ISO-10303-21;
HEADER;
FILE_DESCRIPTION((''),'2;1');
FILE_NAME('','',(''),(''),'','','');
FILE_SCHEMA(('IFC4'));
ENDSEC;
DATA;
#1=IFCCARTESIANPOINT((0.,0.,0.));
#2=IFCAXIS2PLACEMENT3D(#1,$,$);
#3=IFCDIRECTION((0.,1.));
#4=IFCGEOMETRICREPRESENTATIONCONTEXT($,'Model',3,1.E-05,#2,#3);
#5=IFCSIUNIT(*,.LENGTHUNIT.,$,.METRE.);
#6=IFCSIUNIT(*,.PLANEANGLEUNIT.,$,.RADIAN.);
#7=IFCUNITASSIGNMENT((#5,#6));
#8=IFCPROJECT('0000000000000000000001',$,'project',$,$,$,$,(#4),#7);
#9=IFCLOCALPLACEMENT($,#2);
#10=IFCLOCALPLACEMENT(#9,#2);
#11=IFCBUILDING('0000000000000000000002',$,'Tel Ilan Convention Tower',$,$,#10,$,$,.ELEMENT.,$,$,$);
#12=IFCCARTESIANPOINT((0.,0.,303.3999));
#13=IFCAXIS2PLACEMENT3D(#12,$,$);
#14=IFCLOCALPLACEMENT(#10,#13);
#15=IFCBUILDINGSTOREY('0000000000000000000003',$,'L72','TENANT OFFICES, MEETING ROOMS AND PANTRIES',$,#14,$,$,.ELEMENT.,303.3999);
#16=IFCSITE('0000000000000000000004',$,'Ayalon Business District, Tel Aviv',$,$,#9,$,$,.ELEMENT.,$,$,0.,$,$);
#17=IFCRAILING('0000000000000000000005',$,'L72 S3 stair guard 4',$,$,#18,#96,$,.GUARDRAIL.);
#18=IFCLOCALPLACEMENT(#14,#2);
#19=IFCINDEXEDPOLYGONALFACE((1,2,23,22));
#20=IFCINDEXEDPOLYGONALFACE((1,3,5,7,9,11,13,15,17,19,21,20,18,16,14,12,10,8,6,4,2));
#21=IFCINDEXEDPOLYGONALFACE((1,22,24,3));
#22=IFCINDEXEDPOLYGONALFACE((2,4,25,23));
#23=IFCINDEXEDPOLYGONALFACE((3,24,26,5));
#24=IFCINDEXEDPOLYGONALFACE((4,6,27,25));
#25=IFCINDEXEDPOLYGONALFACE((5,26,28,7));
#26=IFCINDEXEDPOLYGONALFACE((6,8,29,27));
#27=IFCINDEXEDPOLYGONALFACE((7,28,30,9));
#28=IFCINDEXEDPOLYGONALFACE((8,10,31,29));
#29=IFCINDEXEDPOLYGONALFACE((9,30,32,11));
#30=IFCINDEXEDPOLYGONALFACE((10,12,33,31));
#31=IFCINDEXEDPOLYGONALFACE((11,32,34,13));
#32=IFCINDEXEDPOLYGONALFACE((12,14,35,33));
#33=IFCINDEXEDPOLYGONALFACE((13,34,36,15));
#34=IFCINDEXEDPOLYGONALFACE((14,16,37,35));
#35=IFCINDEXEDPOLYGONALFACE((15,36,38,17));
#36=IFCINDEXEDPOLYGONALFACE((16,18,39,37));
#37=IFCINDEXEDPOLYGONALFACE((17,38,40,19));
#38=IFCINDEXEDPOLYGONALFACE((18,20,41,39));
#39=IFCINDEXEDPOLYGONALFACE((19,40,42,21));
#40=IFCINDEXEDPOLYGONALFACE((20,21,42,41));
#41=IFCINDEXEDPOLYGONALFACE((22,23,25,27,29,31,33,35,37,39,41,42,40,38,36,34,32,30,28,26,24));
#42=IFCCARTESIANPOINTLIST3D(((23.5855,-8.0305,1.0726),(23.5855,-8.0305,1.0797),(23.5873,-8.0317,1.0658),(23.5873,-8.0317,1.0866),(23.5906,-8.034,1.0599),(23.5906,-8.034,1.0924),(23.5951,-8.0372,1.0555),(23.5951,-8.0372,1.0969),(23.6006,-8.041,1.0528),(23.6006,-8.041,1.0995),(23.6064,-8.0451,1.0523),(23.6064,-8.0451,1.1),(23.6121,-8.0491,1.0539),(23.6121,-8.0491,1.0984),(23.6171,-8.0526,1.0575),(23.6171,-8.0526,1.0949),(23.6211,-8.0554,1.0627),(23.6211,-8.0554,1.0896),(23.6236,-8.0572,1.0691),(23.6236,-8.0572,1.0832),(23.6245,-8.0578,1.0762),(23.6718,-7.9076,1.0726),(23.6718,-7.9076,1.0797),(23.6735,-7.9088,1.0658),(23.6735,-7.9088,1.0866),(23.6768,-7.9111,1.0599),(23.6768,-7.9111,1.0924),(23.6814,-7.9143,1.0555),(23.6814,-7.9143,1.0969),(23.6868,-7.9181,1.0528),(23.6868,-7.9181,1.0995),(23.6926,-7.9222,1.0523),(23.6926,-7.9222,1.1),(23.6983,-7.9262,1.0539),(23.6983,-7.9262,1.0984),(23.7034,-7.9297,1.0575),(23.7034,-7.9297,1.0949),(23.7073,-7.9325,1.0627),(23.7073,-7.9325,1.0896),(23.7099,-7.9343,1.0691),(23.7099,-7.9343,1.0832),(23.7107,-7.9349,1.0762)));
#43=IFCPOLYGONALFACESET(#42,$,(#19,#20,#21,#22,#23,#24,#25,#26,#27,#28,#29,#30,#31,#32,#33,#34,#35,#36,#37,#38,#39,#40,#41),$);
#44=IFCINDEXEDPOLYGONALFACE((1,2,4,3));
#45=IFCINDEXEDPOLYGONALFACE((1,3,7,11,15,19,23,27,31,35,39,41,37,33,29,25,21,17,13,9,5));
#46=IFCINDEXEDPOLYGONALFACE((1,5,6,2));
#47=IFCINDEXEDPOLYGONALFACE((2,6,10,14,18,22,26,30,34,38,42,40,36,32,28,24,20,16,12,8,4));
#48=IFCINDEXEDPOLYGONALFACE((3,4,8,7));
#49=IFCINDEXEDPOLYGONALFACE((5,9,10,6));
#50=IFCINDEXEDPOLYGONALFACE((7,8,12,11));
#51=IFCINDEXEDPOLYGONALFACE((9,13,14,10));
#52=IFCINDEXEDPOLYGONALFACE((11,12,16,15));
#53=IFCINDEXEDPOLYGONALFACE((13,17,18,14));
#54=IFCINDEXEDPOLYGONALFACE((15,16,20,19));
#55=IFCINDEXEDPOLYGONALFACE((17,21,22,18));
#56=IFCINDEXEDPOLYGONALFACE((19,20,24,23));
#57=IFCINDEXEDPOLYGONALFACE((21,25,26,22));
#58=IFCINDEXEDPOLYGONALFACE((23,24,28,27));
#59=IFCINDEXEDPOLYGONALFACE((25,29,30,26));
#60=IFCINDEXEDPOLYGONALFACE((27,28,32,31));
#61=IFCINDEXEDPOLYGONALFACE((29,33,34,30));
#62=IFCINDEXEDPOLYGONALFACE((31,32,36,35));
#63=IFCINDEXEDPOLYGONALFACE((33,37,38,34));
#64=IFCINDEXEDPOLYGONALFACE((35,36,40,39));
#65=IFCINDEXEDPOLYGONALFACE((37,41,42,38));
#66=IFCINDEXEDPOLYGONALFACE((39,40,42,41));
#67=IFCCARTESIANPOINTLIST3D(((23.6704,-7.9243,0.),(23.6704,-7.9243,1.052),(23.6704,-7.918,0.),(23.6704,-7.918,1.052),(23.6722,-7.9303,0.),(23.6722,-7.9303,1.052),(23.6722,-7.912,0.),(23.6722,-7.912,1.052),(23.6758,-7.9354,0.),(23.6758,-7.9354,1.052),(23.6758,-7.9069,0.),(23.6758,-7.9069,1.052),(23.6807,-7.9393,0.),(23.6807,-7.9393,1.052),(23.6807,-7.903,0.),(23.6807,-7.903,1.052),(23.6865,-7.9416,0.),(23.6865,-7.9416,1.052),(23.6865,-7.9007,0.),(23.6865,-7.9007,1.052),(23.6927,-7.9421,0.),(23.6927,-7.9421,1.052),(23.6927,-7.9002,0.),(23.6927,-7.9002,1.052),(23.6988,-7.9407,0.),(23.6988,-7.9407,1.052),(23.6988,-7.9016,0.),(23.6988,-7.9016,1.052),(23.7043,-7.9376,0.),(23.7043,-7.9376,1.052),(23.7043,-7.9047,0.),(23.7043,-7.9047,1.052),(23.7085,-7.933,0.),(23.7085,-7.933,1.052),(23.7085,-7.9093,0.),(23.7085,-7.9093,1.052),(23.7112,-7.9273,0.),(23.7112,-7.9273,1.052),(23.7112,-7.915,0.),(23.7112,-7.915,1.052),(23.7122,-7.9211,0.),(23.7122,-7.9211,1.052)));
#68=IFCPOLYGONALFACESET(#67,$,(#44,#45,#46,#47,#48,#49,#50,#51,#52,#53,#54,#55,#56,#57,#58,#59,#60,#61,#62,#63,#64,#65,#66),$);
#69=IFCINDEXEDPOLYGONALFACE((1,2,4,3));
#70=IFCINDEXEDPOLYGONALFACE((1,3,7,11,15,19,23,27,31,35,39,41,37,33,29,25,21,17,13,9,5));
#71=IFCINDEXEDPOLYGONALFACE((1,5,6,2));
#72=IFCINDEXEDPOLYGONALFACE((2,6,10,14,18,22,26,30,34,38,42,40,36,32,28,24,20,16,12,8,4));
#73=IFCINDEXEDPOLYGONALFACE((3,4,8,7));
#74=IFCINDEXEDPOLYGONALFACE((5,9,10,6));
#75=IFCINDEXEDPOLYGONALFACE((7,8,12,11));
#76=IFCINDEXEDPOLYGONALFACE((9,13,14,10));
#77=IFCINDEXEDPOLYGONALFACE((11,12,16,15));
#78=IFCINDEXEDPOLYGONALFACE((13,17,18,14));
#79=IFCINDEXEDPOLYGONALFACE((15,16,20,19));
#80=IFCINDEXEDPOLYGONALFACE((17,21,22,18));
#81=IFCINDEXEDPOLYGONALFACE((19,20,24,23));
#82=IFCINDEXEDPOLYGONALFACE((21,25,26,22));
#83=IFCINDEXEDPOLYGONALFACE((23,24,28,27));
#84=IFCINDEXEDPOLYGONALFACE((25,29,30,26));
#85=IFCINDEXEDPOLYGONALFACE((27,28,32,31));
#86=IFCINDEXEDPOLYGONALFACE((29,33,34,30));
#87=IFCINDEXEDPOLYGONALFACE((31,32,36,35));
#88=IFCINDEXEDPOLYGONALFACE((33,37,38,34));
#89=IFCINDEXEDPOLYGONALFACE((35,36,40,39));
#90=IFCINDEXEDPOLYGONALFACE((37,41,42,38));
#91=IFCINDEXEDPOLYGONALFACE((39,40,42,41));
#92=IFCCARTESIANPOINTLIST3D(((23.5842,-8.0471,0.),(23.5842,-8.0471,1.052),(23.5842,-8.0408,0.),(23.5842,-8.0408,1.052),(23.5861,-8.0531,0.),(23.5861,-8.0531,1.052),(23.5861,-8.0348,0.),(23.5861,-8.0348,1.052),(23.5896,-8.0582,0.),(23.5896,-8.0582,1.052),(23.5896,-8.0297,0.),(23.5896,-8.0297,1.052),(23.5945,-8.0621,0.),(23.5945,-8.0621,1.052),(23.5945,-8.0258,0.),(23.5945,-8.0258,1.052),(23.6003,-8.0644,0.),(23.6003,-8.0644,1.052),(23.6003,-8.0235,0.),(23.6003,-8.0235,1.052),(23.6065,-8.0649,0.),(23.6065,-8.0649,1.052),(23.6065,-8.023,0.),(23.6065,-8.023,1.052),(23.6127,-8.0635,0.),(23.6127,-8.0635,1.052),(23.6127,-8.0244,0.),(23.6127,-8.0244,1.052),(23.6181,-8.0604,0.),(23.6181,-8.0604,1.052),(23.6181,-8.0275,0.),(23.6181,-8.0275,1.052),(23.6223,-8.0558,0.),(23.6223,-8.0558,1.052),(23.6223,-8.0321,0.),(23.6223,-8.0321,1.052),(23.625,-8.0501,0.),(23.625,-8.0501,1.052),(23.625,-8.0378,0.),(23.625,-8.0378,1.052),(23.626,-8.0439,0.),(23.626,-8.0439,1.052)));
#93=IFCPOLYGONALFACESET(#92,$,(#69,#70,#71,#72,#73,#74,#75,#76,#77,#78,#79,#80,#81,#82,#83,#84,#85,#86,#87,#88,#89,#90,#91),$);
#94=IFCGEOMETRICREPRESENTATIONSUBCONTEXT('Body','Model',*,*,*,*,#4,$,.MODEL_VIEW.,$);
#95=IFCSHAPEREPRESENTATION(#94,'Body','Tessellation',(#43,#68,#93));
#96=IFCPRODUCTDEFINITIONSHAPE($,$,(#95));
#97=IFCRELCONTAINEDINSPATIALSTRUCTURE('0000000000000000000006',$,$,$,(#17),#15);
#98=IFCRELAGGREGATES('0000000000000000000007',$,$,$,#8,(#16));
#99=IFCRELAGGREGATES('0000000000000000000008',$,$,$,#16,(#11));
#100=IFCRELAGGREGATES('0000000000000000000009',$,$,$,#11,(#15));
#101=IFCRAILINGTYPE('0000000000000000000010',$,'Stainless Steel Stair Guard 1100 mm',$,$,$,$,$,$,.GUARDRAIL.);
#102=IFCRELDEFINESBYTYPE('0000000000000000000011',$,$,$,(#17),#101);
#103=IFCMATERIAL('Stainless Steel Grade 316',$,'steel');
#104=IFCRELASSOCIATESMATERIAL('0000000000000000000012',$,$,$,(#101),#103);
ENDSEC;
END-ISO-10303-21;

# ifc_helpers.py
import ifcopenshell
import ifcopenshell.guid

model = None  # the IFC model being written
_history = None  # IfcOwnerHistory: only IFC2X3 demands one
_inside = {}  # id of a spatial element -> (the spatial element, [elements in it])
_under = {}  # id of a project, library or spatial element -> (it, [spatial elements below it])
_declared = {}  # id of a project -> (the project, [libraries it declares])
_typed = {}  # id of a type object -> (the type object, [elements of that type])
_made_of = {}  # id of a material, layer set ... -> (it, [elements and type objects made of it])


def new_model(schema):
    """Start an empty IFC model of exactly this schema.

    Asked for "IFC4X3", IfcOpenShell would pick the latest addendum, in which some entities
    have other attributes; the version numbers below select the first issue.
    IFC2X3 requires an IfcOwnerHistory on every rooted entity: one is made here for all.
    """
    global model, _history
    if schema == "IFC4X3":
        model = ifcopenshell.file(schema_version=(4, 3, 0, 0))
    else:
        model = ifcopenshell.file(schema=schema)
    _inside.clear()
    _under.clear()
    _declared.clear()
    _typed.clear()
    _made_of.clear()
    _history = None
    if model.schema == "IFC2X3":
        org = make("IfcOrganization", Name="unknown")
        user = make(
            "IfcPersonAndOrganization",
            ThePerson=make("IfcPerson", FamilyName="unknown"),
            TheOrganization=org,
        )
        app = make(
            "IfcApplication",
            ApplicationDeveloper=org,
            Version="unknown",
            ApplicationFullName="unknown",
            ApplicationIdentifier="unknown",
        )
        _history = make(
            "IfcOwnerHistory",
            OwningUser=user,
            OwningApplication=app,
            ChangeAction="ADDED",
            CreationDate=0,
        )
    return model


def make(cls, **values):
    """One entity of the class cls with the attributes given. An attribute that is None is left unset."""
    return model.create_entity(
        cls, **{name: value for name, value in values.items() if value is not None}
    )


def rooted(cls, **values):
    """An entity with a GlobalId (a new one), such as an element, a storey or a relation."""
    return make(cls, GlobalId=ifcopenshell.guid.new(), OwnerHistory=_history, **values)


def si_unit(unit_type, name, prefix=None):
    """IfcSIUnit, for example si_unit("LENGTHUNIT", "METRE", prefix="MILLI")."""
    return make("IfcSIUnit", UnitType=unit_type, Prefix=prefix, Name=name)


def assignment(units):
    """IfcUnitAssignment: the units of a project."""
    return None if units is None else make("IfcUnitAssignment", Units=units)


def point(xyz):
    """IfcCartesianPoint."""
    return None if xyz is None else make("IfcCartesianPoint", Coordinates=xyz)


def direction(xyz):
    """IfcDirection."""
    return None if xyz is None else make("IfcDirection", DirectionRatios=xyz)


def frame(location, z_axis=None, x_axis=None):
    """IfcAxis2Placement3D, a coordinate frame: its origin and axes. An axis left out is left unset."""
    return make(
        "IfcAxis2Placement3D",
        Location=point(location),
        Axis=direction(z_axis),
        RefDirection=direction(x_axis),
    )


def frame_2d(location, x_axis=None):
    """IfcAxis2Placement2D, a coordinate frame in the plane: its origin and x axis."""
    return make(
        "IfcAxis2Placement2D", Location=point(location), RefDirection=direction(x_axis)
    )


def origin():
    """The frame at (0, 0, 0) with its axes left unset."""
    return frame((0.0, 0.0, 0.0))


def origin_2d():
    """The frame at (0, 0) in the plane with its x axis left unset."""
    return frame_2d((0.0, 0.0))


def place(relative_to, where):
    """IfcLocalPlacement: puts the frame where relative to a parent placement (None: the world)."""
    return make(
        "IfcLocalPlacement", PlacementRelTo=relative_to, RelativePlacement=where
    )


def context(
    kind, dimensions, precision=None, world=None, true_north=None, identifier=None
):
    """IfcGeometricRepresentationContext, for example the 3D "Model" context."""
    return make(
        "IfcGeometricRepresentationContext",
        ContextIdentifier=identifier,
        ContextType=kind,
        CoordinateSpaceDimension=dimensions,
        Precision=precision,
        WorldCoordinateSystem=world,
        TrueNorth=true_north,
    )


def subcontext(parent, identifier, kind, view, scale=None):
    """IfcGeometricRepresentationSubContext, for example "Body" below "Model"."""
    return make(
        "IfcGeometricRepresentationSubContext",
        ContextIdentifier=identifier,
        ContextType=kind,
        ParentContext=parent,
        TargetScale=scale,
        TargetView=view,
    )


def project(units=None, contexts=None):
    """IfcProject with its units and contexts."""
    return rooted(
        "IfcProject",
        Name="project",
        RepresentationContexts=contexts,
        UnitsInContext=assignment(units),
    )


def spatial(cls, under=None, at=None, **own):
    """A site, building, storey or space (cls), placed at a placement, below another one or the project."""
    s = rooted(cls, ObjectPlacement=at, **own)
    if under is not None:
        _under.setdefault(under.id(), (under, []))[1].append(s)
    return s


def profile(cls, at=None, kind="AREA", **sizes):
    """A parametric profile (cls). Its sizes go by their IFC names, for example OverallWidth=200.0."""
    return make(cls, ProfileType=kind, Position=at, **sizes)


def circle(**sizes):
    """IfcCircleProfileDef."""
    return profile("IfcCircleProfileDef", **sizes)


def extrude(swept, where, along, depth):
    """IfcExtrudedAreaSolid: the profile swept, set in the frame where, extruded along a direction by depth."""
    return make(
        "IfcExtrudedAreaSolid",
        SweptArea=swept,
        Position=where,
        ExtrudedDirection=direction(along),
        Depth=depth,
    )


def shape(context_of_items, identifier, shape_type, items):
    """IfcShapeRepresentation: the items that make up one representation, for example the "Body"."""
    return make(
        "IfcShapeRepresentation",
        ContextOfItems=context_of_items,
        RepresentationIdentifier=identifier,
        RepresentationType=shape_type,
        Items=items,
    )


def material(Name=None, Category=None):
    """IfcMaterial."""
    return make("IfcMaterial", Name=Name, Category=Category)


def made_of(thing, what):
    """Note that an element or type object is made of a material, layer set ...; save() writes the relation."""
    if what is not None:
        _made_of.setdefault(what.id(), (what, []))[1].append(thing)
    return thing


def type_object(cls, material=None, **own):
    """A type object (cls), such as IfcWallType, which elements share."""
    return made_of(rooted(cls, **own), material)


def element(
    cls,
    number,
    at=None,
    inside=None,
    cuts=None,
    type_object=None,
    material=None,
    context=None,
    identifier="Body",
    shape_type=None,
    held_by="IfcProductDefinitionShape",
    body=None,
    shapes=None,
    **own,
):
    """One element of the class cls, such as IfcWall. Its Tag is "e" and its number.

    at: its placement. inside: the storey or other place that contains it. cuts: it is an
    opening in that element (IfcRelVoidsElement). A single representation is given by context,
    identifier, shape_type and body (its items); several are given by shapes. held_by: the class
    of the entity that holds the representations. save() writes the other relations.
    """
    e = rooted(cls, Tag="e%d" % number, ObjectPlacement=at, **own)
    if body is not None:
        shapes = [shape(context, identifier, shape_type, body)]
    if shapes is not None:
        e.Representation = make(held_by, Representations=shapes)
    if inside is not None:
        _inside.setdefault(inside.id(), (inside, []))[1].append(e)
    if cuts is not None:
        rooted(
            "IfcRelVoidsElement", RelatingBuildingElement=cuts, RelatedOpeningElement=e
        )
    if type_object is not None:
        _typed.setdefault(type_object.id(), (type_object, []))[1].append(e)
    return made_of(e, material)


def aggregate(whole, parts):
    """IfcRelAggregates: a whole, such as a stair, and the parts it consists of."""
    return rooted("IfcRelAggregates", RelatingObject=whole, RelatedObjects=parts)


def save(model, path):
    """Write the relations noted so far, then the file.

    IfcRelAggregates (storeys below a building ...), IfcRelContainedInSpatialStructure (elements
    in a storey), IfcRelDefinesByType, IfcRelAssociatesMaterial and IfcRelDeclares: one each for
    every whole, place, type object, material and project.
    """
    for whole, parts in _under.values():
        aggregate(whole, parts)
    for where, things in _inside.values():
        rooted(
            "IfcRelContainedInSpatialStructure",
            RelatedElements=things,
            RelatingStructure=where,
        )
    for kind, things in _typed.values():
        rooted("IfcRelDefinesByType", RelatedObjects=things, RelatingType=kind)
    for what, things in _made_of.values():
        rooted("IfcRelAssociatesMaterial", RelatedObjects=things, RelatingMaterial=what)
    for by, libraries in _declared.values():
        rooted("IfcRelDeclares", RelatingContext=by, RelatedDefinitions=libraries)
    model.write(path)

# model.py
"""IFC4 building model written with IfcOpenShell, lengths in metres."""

from ifc_helpers import new_model, si_unit, direction, frame, origin, origin_2d, place, context, subcontext, project, spatial, circle, extrude, material, type_object, element, save


model = new_model("IFC4")

# Units and contexts
model_context = context("Model", 3, precision=1e-05, world=origin(), true_north=direction((0.0, 1.0)))
body_context = subcontext(model_context, "Body", "Model", "MODEL_VIEW")
ifc_project = project(units=[si_unit("LENGTHUNIT", "METRE"), si_unit("PLANEANGLEUNIT", "RADIAN")], contexts=[model_context])

# Site, building, storey
site_placement = place(None, origin())
site = spatial("IfcSite", under=ifc_project, at=site_placement, Name="Ayalon Business District, Tel Aviv", CompositionType="ELEMENT", RefElevation=0.0)
building_placement = place(site_placement, origin())
building = spatial("IfcBuilding", under=site, at=building_placement, Name="Tel Ilan Convention Tower", CompositionType="ELEMENT")
storey_placement = place(building_placement, frame((0.0, 0.0, 303.3999)))
storey = spatial("IfcBuildingStorey", under=building, at=storey_placement, Name="L72", Description="TENANT OFFICES, MEETING ROOMS AND PANTRIES", CompositionType="ELEMENT", Elevation=303.3999)

# Railing
ifc_material_1 = material(Name="Stainless Steel Grade 316", Category="steel")
railing_type_1 = type_object("IfcRailingType", Name="Stainless Steel Stair Guard 1100 mm", PredefinedType="GUARDRAIL", material=ifc_material_1)
railing_1_placement = place(storey_placement, frame((23.6912, -7.9211, 0.0)))
element("IfcRailing", 1, at=railing_1_placement, inside=storey, type_object=railing_type_1, Name="L72 S3 stair guard 4", PredefinedType="GUARDRAIL", context=body_context, shape_type="SweptSolid", body=[
    extrude(circle(Radius=0.0239, at=origin_2d()), frame((0.0, 0.0, 1.0762), z_axis=(-0.574445, -0.818543, 0.0), x_axis=(0.818543, -0.574445, 0.0)), (0.0, 0.0, 1.0), 0.1501),
    extrude(circle(Radius=0.021, at=origin_2d()), origin(), (0.0, 0.0, 1.0), 1.052),
    extrude(circle(Radius=0.021, at=origin_2d()), frame((-0.0862, -0.1228, 0.0)), (0.0, 0.0, 1.0), 1.052),
])

save(model, "model.ifc")
